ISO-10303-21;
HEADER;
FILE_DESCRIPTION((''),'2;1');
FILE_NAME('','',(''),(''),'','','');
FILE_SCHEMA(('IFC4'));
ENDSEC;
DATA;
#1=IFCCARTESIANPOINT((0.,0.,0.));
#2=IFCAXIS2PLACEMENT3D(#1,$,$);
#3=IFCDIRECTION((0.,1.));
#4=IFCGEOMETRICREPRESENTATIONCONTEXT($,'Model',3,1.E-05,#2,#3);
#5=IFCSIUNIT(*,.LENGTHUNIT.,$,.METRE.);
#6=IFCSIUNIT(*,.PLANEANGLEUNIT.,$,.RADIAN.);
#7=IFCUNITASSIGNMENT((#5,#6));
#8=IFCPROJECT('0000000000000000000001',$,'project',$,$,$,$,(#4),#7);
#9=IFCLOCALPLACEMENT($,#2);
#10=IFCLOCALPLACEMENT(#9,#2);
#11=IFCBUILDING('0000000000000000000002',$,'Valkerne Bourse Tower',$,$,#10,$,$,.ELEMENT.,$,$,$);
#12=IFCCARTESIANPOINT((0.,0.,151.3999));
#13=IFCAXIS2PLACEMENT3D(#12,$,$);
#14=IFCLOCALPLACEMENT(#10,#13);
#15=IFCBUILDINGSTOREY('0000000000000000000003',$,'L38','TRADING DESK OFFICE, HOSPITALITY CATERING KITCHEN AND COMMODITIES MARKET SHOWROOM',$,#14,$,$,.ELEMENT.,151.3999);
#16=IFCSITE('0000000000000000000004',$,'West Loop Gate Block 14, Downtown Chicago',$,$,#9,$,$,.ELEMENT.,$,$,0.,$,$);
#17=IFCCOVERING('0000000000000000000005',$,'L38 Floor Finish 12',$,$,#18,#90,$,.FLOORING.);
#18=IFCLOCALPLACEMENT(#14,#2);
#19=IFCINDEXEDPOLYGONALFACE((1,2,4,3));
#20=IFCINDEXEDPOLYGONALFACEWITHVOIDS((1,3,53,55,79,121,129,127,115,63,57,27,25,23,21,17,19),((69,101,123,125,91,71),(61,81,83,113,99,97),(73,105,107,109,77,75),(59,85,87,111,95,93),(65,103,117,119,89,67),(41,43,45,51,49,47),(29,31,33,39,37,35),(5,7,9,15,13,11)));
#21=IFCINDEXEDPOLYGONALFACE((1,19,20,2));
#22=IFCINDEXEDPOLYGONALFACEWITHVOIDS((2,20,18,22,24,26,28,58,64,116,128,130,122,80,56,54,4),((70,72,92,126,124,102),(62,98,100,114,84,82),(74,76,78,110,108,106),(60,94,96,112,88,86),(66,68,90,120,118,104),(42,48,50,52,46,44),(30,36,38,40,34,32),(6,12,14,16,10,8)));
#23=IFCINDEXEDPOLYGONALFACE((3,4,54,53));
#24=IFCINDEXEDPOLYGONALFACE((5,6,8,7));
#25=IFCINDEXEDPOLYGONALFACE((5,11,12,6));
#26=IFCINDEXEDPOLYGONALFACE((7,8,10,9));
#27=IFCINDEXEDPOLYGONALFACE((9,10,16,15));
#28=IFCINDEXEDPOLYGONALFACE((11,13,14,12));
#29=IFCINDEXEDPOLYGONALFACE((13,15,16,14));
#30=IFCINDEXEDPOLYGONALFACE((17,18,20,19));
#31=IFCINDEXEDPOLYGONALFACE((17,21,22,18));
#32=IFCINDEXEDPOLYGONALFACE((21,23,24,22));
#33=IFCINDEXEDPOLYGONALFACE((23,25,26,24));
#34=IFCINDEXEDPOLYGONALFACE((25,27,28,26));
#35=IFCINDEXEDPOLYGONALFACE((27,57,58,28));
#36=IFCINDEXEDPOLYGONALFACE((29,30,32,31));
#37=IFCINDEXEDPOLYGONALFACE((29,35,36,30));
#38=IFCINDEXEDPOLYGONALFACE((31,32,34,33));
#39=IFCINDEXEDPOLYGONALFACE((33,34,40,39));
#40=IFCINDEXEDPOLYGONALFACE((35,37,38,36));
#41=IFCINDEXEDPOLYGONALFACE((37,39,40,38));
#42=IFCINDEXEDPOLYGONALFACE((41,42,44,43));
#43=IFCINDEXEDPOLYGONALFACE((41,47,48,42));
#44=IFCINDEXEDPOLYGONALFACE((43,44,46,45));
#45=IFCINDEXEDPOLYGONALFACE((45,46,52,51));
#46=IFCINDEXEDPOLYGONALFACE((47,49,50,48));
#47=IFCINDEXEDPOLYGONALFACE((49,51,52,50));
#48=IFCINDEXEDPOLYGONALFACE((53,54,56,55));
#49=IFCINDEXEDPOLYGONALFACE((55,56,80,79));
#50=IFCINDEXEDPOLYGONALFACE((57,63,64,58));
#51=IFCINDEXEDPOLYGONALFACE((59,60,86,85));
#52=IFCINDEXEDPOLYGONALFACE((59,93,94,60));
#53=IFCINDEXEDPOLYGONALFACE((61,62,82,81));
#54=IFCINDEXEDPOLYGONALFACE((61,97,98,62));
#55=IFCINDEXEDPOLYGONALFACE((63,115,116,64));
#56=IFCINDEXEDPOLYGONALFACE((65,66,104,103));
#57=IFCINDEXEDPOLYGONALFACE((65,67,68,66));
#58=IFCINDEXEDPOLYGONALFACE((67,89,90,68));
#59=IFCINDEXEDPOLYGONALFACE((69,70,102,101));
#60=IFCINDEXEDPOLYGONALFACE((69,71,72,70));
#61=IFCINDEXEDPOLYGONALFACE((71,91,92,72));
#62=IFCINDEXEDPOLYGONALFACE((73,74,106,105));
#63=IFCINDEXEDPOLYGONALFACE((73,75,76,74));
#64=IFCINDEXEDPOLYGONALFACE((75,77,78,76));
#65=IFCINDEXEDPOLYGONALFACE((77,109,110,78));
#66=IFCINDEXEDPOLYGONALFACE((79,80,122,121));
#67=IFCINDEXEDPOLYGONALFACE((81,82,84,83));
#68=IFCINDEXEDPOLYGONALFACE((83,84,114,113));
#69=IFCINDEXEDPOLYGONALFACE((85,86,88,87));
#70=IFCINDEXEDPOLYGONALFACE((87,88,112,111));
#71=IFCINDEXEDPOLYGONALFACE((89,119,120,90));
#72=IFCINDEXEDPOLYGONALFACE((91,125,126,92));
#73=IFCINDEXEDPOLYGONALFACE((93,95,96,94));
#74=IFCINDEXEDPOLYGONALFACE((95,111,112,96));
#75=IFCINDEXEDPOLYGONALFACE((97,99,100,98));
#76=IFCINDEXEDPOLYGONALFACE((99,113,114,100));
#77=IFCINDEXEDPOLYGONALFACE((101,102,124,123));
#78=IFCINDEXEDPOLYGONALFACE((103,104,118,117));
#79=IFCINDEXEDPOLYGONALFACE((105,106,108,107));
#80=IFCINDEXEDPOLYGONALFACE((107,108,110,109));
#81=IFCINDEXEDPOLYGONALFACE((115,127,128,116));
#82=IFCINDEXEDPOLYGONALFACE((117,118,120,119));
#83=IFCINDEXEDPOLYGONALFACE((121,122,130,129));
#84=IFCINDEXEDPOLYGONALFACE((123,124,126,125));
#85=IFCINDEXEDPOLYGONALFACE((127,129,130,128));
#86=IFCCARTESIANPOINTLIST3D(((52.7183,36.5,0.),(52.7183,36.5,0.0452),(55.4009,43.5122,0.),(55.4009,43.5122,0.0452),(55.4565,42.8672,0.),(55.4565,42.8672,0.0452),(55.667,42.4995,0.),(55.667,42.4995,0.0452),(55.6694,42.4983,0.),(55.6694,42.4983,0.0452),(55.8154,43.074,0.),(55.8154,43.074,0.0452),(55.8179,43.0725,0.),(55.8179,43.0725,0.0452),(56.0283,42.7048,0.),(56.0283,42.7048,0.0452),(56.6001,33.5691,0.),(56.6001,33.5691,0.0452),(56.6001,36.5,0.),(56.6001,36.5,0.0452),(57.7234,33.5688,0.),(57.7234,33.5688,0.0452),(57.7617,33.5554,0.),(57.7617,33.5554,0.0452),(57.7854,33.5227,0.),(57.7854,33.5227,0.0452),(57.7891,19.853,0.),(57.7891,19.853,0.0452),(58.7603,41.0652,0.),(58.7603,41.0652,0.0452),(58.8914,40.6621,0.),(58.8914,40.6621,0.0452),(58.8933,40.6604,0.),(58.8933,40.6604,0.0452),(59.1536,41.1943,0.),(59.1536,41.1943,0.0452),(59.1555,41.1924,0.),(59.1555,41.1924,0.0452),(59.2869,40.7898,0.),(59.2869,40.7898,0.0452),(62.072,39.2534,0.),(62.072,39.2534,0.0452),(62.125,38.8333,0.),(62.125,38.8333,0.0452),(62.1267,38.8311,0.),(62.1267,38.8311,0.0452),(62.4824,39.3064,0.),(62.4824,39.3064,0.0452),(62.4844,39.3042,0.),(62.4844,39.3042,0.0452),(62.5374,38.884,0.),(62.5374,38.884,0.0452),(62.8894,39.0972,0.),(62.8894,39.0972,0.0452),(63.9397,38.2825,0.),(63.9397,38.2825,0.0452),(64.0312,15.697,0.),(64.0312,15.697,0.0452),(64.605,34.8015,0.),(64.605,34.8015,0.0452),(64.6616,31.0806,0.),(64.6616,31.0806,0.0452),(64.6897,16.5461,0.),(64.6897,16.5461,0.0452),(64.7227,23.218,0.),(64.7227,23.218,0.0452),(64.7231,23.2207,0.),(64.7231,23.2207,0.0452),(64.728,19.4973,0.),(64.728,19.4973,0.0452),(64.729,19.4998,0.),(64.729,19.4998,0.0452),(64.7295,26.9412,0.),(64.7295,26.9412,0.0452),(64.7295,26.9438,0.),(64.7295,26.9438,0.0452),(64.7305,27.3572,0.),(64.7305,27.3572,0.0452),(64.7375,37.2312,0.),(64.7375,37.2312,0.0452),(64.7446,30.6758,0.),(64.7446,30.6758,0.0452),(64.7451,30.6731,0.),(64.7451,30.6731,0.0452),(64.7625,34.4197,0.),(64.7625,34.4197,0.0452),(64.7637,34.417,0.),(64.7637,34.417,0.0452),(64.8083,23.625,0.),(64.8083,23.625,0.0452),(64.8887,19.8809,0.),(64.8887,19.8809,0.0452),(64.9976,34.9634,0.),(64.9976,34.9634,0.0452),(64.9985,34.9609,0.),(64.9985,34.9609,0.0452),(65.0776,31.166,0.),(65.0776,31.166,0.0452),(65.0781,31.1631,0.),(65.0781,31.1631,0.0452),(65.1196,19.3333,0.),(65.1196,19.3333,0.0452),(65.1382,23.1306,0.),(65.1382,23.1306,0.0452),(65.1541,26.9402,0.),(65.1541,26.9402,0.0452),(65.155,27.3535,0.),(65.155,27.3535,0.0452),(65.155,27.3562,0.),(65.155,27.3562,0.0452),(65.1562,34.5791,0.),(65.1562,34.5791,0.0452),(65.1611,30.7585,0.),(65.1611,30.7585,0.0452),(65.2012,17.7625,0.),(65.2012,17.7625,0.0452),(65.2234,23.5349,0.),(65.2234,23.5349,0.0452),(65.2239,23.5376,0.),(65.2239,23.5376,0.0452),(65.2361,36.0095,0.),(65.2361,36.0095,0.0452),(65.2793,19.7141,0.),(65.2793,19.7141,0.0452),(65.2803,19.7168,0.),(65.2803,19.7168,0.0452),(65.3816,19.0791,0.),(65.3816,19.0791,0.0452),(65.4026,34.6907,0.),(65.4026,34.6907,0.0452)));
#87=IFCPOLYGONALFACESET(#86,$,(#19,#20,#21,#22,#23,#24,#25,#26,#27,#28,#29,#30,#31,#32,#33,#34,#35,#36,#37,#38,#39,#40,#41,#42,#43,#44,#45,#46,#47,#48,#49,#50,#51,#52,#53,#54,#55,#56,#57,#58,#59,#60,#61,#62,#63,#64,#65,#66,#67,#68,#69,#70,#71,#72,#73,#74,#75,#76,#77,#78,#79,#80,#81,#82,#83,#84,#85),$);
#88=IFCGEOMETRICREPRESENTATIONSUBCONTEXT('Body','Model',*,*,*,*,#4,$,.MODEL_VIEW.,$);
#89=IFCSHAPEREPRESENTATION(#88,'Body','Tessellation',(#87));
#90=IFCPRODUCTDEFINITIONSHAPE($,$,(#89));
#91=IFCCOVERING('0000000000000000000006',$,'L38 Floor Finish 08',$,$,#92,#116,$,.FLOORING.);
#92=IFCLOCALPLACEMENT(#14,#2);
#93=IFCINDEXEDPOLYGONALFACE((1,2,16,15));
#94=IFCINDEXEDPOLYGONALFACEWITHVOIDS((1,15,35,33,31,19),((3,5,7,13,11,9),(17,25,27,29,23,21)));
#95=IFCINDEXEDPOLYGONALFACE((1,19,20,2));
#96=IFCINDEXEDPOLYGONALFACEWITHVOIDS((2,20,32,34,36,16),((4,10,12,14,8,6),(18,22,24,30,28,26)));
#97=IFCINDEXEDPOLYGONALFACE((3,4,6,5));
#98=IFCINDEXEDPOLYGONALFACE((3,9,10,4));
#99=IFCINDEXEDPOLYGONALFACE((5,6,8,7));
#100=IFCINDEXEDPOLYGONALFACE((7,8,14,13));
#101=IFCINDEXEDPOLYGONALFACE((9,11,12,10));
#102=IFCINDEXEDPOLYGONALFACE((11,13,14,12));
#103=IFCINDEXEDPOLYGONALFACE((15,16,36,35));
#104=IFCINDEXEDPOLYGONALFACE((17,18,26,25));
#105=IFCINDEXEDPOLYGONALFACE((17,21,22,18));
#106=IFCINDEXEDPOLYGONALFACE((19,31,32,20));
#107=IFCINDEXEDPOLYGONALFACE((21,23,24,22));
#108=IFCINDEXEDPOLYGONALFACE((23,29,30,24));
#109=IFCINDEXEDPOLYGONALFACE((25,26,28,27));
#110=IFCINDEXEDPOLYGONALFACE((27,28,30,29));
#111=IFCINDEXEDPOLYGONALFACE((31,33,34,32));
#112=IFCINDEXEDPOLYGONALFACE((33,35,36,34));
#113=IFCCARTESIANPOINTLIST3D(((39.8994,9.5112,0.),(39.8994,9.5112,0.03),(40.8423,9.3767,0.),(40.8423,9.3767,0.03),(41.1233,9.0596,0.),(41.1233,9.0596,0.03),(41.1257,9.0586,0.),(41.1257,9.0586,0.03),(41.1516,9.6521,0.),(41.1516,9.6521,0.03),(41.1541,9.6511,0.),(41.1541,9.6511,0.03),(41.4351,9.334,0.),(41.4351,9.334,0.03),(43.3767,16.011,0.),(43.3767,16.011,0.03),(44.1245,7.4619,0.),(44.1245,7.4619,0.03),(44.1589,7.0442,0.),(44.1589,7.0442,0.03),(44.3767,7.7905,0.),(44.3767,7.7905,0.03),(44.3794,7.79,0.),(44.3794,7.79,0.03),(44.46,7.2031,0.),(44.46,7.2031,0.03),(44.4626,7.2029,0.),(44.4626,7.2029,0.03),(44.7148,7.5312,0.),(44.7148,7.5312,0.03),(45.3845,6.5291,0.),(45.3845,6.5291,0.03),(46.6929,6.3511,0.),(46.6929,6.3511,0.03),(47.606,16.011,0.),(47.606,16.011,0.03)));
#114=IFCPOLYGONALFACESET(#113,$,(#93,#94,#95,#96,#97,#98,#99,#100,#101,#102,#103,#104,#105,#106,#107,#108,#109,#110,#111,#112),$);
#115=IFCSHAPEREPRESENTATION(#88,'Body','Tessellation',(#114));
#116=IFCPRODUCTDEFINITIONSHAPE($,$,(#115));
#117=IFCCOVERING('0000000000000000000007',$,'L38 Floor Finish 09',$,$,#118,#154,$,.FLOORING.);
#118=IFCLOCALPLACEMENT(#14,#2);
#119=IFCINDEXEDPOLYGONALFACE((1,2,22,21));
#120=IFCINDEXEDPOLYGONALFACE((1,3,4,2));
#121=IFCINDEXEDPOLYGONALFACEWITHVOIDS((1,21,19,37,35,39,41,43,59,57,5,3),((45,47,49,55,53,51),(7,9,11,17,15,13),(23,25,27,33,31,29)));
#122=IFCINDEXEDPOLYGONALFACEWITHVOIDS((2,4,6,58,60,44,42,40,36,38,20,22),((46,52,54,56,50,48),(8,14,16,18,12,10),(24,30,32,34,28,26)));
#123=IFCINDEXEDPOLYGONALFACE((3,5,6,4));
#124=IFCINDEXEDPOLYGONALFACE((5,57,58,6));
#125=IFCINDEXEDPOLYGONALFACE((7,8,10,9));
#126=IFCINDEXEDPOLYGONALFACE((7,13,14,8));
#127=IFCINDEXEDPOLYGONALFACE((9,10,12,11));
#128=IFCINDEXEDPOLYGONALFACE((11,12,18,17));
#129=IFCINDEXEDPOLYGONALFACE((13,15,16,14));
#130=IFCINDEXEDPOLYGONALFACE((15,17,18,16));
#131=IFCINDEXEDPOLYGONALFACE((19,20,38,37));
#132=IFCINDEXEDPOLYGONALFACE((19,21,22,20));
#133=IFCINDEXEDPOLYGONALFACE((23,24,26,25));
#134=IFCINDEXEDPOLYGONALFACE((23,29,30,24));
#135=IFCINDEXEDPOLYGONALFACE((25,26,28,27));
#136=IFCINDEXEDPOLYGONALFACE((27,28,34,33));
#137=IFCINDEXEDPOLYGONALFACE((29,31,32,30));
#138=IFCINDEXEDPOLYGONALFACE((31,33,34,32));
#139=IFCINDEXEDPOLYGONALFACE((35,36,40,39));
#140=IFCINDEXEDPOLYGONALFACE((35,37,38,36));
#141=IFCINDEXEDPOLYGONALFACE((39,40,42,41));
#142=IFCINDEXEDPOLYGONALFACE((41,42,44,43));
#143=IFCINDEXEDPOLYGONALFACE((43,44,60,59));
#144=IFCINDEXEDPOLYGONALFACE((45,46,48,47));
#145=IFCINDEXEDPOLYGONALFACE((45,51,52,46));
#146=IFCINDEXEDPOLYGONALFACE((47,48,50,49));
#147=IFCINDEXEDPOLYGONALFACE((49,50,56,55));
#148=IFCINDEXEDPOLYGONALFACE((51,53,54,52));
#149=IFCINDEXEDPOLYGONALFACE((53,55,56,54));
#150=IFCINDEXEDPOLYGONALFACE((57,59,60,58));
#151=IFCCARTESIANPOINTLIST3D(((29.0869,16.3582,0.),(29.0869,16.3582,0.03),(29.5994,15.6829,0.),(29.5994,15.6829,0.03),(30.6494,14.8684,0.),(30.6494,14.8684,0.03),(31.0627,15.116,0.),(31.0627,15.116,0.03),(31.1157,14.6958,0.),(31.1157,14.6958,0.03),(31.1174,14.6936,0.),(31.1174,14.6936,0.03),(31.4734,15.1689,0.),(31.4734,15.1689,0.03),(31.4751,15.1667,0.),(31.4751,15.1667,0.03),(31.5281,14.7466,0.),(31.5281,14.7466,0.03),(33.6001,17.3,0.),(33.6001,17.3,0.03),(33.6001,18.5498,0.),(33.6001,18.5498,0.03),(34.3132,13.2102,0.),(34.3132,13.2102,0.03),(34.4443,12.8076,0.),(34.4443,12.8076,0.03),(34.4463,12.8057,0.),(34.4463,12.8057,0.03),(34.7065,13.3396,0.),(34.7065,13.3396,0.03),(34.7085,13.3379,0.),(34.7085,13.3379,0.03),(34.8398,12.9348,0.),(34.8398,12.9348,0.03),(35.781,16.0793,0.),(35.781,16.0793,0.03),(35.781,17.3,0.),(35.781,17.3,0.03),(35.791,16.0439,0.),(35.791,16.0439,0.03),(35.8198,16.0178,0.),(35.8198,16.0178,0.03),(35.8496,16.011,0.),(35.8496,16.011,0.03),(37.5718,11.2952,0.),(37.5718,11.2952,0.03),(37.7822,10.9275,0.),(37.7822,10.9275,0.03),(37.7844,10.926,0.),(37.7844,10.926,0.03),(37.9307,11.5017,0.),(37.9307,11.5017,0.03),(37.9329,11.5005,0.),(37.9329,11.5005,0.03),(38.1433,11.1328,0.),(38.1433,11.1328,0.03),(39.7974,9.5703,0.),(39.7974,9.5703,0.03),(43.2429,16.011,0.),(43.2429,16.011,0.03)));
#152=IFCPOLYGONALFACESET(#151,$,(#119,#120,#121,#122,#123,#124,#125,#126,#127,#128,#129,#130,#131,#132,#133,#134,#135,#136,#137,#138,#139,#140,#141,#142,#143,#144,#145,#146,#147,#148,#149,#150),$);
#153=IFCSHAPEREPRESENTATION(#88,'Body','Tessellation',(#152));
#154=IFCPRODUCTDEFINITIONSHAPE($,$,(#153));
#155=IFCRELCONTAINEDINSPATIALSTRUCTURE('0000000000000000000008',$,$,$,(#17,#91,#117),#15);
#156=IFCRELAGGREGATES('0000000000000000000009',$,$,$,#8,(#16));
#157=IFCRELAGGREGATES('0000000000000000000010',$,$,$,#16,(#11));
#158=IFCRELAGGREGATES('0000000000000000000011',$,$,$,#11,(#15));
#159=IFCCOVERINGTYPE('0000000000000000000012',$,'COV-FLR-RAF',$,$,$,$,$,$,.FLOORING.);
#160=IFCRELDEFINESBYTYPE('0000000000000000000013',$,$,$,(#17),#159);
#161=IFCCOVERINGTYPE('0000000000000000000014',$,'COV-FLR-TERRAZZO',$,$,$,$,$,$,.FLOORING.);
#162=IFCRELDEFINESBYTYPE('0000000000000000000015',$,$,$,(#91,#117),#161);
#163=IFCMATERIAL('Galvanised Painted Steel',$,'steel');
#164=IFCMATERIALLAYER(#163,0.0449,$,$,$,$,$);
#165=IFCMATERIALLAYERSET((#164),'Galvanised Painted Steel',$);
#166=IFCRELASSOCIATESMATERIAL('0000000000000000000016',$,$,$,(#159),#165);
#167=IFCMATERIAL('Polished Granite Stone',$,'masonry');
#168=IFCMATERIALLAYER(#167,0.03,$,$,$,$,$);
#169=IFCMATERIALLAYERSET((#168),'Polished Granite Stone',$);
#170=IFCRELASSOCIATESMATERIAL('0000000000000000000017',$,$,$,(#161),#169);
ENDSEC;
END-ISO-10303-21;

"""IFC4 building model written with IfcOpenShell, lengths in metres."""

from ifc_helpers import new_model, si_unit, direction, frame, origin, place, context, subcontext, project, spatial, polyline, outline, extrude, material, layer, layer_set, type_object, element, save


model = new_model("IFC4")

# Units and contexts
model_context = context("Model", 3, precision=1e-05, world=origin(), true_north=direction((0.0, 1.0)))
body_context = subcontext(model_context, "Body", "Model", "MODEL_VIEW")
ifc_project = project(units=[si_unit("LENGTHUNIT", "METRE"), si_unit("PLANEANGLEUNIT", "RADIAN")], contexts=[model_context])

# Site, building, storey
site_placement = place(None, origin())
site = spatial("IfcSite", under=ifc_project, at=site_placement, Name="West Loop Gate Block 14, Downtown Chicago", CompositionType="ELEMENT", RefElevation=0.0)
building_placement = place(site_placement, origin())
building = spatial("IfcBuilding", under=site, at=building_placement, Name="Valkerne Bourse Tower", CompositionType="ELEMENT")
storey_placement = place(building_placement, frame((0.0, 0.0, 151.3999)))
storey = spatial("IfcBuildingStorey", under=building, at=storey_placement, Name="L38", Description="TRADING DESK OFFICE, HOSPITALITY CATERING KITCHEN AND COMMODITIES MARKET SHOWROOM", CompositionType="ELEMENT", Elevation=151.3999)

# Coverings
ifc_material_1 = material(Name="Galvanised Painted Steel", Category="steel")
ifc_layer_1 = layer(ifc_material_1, 0.0449)
ifc_layer_set_1 = layer_set([ifc_layer_1], Name="Galvanised Painted Steel")
covering_type_1 = type_object("IfcCoveringType", Name="COV-FLR-RAF", PredefinedType="FLOORING", material=ifc_layer_set_1)
covering_1_placement = place(storey_placement, origin())
element("IfcCovering", 1, at=covering_1_placement, inside=storey, type_object=covering_type_1, Name="L38 Floor Finish 12", PredefinedType="FLOORING", context=body_context, shape_type="SweptSolid", body=[
    extrude(outline(polyline([(64.0312, 15.697), (57.7891, 19.853), (57.7854, 33.5227), (57.7617, 33.5554), (57.7234, 33.5688), (56.6001, 33.5691), (56.6001, 36.5), (52.7183, 36.5), (55.4009, 43.5122), (62.8894, 39.0972), (63.9397, 38.2825), (64.7375, 37.2312), (65.2361, 36.0095), (65.4026, 34.6907), (65.3816, 19.0791), (65.2012, 17.7625), (64.6897, 16.5461), (64.0312, 15.697)]), holes=[polyline([(65.2803, 19.7168), (64.8887, 19.8809), (64.729, 19.4998), (64.728, 19.4973), (65.1196, 19.3333), (65.2793, 19.7141), (65.2803, 19.7168)]), polyline([(65.2239, 23.5376), (64.8083, 23.625), (64.7231, 23.2207), (64.7227, 23.218), (65.1382, 23.1306), (65.2234, 23.5349), (65.2239, 23.5376)]), polyline([(65.155, 27.3535), (65.155, 27.3562), (64.7305, 27.3572), (64.7295, 26.9438), (64.7295, 26.9412), (65.1541, 26.9402), (65.155, 27.3535)]), polyline([(65.1611, 30.7585), (65.0781, 31.1631), (65.0776, 31.166), (64.6616, 31.0806), (64.7446, 30.6758), (64.7451, 30.6731), (65.1611, 30.7585)]), polyline([(65.1562, 34.5791), (64.9985, 34.9609), (64.9976, 34.9634), (64.605, 34.8015), (64.7625, 34.4197), (64.7637, 34.417), (65.1562, 34.5791)]), polyline([(62.5374, 38.884), (62.4844, 39.3042), (62.4824, 39.3064), (62.072, 39.2534), (62.125, 38.8333), (62.1267, 38.8311), (62.5374, 38.884)]), polyline([(59.1555, 41.1924), (59.1536, 41.1943), (58.7603, 41.0652), (58.8914, 40.6621), (58.8933, 40.6604), (59.2869, 40.7898), (59.1555, 41.1924)]), polyline([(56.0283, 42.7048), (55.8179, 43.0725), (55.8154, 43.074), (55.4565, 42.8672), (55.667, 42.4995), (55.6694, 42.4983), (56.0283, 42.7048)])]), origin(), (0.0, 0.0, 1.0), 0.0452),
])
ifc_material_2 = material(Name="Polished Granite Stone", Category="masonry")
ifc_layer_2 = layer(ifc_material_2, 0.03)
ifc_layer_set_2 = layer_set([ifc_layer_2], Name="Polished Granite Stone")
covering_type_2 = type_object("IfcCoveringType", Name="COV-FLR-TERRAZZO", PredefinedType="FLOORING", material=ifc_layer_set_2)
covering_2_placement = place(storey_placement, origin())
element("IfcCovering", 2, at=covering_2_placement, inside=storey, type_object=covering_type_2, Name="L38 Floor Finish 08", PredefinedType="FLOORING", context=body_context, shape_type="SweptSolid", body=[
    extrude(outline(polyline([(44.1589, 7.0442), (39.8994, 9.5112), (43.3767, 16.011), (47.606, 16.011), (46.6929, 6.3511), (45.3845, 6.5291), (44.1589, 7.0442)]), holes=[polyline([(44.7148, 7.5312), (44.3794, 7.79), (44.3767, 7.7905), (44.1245, 7.4619), (44.46, 7.2031), (44.4626, 7.2029), (44.7148, 7.5312)]), polyline([(41.1541, 9.6511), (41.1516, 9.6521), (40.8423, 9.3767), (41.1233, 9.0596), (41.1257, 9.0586), (41.4351, 9.334), (41.1541, 9.6511)])]), origin(), (0.0, 0.0, 1.0), 0.03),
])
covering_3_placement = place(storey_placement, origin())
element("IfcCovering", 3, at=covering_3_placement, inside=storey, type_object=covering_type_2, Name="L38 Floor Finish 09", PredefinedType="FLOORING", context=body_context, shape_type="SweptSolid", body=[
    extrude(outline(polyline([(29.0869, 16.3582), (33.6001, 18.5498), (33.6001, 17.3), (35.781, 17.3), (35.781, 16.0793), (35.791, 16.0439), (35.8198, 16.0178), (35.8496, 16.011), (43.2429, 16.011), (39.7974, 9.5703), (30.6494, 14.8684), (29.5994, 15.6829), (29.0869, 16.3582)]), holes=[polyline([(37.9329, 11.5005), (37.9307, 11.5017), (37.5718, 11.2952), (37.7822, 10.9275), (37.7844, 10.926), (38.1433, 11.1328), (37.9329, 11.5005)]), polyline([(34.7085, 13.3379), (34.7065, 13.3396), (34.3132, 13.2102), (34.4443, 12.8076), (34.4463, 12.8057), (34.8398, 12.9348), (34.7085, 13.3379)]), polyline([(31.5281, 14.7466), (31.4751, 15.1667), (31.4734, 15.1689), (31.0627, 15.116), (31.1157, 14.6958), (31.1174, 14.6936), (31.5281, 14.7466)])]), origin(), (0.0, 0.0, 1.0), 0.03),
])

save(model, "model.ifc")
